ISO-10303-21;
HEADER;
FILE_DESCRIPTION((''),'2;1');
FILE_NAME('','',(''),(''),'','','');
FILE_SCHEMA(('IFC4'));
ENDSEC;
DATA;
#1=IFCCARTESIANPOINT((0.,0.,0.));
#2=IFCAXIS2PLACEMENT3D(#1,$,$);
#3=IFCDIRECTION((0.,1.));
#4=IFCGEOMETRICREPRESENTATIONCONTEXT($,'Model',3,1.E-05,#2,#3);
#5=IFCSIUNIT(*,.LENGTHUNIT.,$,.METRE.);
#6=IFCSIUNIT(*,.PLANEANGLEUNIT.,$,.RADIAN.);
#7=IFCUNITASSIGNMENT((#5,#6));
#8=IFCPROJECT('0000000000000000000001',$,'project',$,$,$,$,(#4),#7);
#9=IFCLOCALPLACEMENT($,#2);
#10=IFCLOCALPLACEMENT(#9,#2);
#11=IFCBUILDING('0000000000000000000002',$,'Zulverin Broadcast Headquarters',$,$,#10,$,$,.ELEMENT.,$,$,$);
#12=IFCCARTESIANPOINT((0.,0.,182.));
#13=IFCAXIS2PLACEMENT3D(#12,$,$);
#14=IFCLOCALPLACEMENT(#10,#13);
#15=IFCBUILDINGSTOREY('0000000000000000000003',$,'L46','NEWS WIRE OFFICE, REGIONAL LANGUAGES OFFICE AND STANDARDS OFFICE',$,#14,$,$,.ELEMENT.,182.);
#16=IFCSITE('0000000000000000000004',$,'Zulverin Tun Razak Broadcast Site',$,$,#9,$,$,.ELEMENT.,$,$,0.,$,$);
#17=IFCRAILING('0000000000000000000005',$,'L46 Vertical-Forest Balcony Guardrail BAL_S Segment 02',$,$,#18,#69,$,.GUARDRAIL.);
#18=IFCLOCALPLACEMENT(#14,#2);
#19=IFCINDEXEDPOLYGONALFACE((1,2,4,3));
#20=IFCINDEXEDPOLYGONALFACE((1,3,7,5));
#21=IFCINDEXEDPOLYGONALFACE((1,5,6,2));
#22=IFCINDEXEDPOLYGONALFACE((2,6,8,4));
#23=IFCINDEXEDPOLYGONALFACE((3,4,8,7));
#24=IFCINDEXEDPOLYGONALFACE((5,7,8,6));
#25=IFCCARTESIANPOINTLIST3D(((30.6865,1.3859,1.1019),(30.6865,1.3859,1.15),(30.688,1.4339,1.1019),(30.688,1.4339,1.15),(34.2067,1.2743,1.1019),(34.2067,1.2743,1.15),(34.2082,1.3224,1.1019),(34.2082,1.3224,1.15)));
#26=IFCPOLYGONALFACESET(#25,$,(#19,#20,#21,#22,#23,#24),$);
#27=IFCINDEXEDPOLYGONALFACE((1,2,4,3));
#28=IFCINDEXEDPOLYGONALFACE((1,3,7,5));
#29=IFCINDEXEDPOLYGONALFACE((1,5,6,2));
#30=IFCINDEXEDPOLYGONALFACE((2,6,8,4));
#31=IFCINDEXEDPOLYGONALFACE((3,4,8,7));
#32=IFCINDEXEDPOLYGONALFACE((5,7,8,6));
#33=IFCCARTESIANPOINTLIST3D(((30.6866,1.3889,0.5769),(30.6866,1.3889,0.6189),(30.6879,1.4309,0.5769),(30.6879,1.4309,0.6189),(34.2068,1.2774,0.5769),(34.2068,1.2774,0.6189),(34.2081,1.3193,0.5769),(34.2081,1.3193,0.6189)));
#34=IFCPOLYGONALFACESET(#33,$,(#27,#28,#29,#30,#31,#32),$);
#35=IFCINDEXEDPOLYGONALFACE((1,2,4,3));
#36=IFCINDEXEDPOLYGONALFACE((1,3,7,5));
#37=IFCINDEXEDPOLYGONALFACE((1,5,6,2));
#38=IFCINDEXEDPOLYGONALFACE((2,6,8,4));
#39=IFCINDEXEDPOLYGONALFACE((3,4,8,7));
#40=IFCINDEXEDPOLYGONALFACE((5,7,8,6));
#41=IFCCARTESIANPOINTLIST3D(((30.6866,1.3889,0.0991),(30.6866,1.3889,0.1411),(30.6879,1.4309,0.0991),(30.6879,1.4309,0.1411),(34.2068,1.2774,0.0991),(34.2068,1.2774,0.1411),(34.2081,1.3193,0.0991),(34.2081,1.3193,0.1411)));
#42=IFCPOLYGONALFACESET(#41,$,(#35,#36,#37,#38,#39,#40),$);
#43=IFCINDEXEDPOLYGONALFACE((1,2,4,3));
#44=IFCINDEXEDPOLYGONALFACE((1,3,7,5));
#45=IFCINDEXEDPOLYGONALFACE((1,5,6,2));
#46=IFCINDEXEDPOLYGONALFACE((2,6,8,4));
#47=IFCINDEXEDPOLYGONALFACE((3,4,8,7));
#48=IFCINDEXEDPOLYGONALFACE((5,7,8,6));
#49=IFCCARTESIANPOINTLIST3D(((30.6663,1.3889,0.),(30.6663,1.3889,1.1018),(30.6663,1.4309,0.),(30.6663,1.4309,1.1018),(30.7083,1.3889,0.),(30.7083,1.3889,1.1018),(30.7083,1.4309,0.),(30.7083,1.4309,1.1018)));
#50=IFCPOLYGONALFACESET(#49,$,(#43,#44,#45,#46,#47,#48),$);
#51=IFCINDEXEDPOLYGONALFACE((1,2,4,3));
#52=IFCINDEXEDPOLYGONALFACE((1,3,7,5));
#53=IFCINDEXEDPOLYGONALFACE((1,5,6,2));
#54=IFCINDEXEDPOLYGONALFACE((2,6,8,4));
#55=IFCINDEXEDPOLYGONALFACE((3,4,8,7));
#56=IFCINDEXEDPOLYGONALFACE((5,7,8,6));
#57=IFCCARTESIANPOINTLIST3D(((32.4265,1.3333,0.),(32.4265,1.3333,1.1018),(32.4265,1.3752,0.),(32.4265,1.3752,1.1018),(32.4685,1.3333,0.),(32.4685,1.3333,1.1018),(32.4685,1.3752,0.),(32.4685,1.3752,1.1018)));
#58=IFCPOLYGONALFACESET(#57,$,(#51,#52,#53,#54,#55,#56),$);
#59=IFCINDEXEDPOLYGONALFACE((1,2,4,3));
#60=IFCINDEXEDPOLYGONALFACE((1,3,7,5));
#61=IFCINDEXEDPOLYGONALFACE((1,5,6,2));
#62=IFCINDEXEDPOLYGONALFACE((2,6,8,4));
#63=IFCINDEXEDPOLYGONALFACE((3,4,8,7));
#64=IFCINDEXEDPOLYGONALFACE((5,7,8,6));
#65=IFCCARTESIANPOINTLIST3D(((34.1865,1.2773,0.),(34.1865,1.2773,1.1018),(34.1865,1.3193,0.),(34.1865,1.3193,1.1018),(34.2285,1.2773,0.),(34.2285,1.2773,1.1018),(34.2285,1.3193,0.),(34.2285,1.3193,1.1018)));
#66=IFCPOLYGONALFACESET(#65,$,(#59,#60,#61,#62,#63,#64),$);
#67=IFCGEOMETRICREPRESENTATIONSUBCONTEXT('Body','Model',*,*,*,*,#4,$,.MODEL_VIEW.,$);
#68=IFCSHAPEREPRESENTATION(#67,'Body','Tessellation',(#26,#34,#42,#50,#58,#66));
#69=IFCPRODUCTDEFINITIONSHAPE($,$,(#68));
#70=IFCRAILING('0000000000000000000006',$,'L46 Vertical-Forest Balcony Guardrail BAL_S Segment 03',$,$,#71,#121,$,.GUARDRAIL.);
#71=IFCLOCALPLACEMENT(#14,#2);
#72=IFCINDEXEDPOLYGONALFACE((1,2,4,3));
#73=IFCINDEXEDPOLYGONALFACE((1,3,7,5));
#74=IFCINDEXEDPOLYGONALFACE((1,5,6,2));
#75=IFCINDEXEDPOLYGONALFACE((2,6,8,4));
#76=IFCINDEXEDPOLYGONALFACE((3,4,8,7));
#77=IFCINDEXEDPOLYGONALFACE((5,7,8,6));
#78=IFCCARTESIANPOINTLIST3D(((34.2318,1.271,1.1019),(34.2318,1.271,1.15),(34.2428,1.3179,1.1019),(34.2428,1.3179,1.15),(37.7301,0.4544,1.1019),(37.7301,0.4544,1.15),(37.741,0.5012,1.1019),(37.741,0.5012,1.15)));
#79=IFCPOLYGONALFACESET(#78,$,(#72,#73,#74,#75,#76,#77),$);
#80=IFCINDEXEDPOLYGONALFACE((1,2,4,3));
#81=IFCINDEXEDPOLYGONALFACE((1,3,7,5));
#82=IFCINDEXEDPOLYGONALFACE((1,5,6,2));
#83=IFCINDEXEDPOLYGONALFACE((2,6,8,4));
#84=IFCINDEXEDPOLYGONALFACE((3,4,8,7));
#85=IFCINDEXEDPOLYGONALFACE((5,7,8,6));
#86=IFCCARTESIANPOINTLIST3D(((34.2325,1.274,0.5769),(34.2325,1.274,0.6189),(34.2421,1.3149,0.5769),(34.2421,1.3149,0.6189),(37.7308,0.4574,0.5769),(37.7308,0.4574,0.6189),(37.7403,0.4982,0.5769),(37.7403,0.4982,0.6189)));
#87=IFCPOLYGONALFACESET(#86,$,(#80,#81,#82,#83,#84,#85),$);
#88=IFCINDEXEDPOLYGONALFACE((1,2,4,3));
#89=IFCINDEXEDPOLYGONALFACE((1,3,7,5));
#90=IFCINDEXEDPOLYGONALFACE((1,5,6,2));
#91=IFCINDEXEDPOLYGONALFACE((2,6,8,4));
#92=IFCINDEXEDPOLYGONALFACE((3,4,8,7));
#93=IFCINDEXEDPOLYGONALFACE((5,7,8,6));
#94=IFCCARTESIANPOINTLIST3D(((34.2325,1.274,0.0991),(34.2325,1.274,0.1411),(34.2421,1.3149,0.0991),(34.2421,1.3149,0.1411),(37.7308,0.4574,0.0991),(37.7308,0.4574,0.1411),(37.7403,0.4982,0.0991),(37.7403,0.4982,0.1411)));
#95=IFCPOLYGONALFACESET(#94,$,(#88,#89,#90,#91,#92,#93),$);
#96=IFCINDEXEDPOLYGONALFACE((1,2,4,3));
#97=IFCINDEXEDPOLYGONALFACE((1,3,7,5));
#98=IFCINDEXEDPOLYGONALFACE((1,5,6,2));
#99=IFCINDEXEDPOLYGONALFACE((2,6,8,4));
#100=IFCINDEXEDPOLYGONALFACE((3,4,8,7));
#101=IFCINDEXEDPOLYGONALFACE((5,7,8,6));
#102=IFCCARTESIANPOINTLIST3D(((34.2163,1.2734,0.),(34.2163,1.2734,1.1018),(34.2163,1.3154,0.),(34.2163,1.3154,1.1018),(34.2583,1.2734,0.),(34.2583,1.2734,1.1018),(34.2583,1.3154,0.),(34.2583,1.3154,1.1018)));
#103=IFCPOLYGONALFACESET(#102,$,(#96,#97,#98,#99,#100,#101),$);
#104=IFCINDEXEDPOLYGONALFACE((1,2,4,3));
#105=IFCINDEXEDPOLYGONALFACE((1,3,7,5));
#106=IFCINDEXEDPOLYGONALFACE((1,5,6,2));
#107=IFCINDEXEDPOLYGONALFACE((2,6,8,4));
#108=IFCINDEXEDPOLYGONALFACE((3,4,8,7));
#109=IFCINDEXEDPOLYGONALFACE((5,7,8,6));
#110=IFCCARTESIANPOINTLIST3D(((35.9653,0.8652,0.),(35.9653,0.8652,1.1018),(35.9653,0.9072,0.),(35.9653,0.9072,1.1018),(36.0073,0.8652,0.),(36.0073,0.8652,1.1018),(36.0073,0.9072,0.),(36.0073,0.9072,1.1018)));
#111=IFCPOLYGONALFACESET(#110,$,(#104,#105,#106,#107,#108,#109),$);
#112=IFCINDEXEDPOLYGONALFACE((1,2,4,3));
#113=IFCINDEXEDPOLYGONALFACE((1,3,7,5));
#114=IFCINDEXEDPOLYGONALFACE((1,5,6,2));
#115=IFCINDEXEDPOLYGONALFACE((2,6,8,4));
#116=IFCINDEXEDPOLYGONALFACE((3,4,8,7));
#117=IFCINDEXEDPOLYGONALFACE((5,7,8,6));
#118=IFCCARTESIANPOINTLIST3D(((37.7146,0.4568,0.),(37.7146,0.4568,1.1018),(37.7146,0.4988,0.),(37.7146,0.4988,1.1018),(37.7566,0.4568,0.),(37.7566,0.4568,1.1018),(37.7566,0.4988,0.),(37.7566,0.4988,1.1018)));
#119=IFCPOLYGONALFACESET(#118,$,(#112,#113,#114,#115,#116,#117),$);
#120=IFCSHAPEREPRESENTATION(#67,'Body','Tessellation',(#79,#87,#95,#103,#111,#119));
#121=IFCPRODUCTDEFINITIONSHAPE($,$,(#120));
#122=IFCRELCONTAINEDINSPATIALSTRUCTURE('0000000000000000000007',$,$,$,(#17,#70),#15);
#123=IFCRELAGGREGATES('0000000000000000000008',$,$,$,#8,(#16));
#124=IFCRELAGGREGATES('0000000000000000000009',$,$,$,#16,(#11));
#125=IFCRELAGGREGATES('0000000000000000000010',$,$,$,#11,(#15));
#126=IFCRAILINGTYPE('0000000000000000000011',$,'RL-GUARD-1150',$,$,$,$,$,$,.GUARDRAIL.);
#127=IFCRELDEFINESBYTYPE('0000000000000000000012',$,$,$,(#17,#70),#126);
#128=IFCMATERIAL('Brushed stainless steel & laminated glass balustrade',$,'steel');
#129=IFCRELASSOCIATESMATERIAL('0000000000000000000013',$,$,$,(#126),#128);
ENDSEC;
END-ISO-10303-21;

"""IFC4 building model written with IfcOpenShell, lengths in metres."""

from ifc_helpers import new_model, si_unit, direction, frame, origin, origin_2d, place, context, subcontext, project, spatial, rectangle, extrude, material, type_object, element, save


model = new_model("IFC4")

# Units and contexts
model_context = context("Model", 3, precision=1e-05, world=origin(), true_north=direction((0.0, 1.0)))
body_context = subcontext(model_context, "Body", "Model", "MODEL_VIEW")
ifc_project = project(units=[si_unit("LENGTHUNIT", "METRE"), si_unit("PLANEANGLEUNIT", "RADIAN")], contexts=[model_context])

# Site, building, storey
site_placement = place(None, origin())
site = spatial("IfcSite", under=ifc_project, at=site_placement, Name="Zulverin Tun Razak Broadcast Site", CompositionType="ELEMENT", RefElevation=0.0)
building_placement = place(site_placement, origin())
building = spatial("IfcBuilding", under=site, at=building_placement, Name="Zulverin Broadcast Headquarters", CompositionType="ELEMENT")
storey_placement = place(building_placement, frame((0.0, 0.0, 182.0)))
storey = spatial("IfcBuildingStorey", under=building, at=storey_placement, Name="L46", Description="NEWS WIRE OFFICE, REGIONAL LANGUAGES OFFICE AND STANDARDS OFFICE", CompositionType="ELEMENT", Elevation=182.0)

# Railings
ifc_material_1 = material(Name="Brushed stainless steel & laminated glass balustrade", Category="steel")
railing_type = type_object("IfcRailingType", Name="RL-GUARD-1150", PredefinedType="GUARDRAIL", material=ifc_material_1)
railing_1_placement = place(storey_placement, frame((30.6873, 1.4099, 0.0)))
element("IfcRailing", 1, at=railing_1_placement, inside=storey, type_object=railing_type, Name="L46 Vertical-Forest Balcony Guardrail BAL_S Segment 02", PredefinedType="GUARDRAIL", context=body_context, shape_type="SweptSolid", body=[
    extrude(rectangle(XDim=0.0481, YDim=0.0481, at=origin_2d()), frame((0.0, 0.0, 1.126), z_axis=(0.999498, -0.031678, 0.0), x_axis=(0.031678, 0.999498, 0.0)), (0.0, 0.0, 1.0), 3.522),
    extrude(rectangle(XDim=0.042, YDim=0.042, at=origin_2d()), frame((0.0, 0.0, 0.5979), z_axis=(0.999498, -0.031678, 0.0), x_axis=(0.031678, 0.999498, 0.0)), (0.0, 0.0, 1.0), 3.522),
    extrude(rectangle(XDim=0.042, YDim=0.042, at=origin_2d()), frame((0.0, 0.0, 0.1201), z_axis=(0.999498, -0.031678, 0.0), x_axis=(0.031678, 0.999498, 0.0)), (0.0, 0.0, 1.0), 3.522),
    extrude(rectangle(XDim=0.042, YDim=0.042, at=origin_2d()), origin(), (0.0, 0.0, 1.0), 1.1018),
    extrude(rectangle(XDim=0.042, YDim=0.042, at=origin_2d()), frame((1.7603, -0.0557, 0.0)), (0.0, 0.0, 1.0), 1.1018),
    extrude(rectangle(XDim=0.042, YDim=0.042, at=origin_2d()), frame((3.5203, -0.1116, 0.0)), (0.0, 0.0, 1.0), 1.1018),
])
railing_2_placement = place(storey_placement, frame((34.2373, 1.2944, 0.0)))
element("IfcRailing", 2, at=railing_2_placement, inside=storey, type_object=railing_type, Name="L46 Vertical-Forest Balcony Guardrail BAL_S Segment 03", PredefinedType="GUARDRAIL", context=body_context, shape_type="SweptSolid", body=[
    extrude(rectangle(XDim=0.0481, YDim=0.0481, at=origin_2d()), frame((0.0, 0.0, 1.126), z_axis=(0.973818, -0.227331, 0.0), x_axis=(0.227331, 0.973818, 0.0)), (0.0, 0.0, 1.0), 3.5923),
    extrude(rectangle(XDim=0.042, YDim=0.042, at=origin_2d()), frame((0.0, 0.0, 0.5979), z_axis=(0.973818, -0.227331, 0.0), x_axis=(0.227331, 0.973818, 0.0)), (0.0, 0.0, 1.0), 3.5923),
    extrude(rectangle(XDim=0.042, YDim=0.042, at=origin_2d()), frame((0.0, 0.0, 0.1201), z_axis=(0.973818, -0.227331, 0.0), x_axis=(0.227331, 0.973818, 0.0)), (0.0, 0.0, 1.0), 3.5923),
    extrude(rectangle(XDim=0.042, YDim=0.042, at=origin_2d()), origin(), (0.0, 0.0, 1.0), 1.1018),
    extrude(rectangle(XDim=0.042, YDim=0.042, at=origin_2d()), frame((1.749, -0.4082, 0.0)), (0.0, 0.0, 1.0), 1.1018),
    extrude(rectangle(XDim=0.042, YDim=0.042, at=origin_2d()), frame((3.4983, -0.8167, 0.0)), (0.0, 0.0, 1.0), 1.1018),
])

save(model, "model.ifc")
